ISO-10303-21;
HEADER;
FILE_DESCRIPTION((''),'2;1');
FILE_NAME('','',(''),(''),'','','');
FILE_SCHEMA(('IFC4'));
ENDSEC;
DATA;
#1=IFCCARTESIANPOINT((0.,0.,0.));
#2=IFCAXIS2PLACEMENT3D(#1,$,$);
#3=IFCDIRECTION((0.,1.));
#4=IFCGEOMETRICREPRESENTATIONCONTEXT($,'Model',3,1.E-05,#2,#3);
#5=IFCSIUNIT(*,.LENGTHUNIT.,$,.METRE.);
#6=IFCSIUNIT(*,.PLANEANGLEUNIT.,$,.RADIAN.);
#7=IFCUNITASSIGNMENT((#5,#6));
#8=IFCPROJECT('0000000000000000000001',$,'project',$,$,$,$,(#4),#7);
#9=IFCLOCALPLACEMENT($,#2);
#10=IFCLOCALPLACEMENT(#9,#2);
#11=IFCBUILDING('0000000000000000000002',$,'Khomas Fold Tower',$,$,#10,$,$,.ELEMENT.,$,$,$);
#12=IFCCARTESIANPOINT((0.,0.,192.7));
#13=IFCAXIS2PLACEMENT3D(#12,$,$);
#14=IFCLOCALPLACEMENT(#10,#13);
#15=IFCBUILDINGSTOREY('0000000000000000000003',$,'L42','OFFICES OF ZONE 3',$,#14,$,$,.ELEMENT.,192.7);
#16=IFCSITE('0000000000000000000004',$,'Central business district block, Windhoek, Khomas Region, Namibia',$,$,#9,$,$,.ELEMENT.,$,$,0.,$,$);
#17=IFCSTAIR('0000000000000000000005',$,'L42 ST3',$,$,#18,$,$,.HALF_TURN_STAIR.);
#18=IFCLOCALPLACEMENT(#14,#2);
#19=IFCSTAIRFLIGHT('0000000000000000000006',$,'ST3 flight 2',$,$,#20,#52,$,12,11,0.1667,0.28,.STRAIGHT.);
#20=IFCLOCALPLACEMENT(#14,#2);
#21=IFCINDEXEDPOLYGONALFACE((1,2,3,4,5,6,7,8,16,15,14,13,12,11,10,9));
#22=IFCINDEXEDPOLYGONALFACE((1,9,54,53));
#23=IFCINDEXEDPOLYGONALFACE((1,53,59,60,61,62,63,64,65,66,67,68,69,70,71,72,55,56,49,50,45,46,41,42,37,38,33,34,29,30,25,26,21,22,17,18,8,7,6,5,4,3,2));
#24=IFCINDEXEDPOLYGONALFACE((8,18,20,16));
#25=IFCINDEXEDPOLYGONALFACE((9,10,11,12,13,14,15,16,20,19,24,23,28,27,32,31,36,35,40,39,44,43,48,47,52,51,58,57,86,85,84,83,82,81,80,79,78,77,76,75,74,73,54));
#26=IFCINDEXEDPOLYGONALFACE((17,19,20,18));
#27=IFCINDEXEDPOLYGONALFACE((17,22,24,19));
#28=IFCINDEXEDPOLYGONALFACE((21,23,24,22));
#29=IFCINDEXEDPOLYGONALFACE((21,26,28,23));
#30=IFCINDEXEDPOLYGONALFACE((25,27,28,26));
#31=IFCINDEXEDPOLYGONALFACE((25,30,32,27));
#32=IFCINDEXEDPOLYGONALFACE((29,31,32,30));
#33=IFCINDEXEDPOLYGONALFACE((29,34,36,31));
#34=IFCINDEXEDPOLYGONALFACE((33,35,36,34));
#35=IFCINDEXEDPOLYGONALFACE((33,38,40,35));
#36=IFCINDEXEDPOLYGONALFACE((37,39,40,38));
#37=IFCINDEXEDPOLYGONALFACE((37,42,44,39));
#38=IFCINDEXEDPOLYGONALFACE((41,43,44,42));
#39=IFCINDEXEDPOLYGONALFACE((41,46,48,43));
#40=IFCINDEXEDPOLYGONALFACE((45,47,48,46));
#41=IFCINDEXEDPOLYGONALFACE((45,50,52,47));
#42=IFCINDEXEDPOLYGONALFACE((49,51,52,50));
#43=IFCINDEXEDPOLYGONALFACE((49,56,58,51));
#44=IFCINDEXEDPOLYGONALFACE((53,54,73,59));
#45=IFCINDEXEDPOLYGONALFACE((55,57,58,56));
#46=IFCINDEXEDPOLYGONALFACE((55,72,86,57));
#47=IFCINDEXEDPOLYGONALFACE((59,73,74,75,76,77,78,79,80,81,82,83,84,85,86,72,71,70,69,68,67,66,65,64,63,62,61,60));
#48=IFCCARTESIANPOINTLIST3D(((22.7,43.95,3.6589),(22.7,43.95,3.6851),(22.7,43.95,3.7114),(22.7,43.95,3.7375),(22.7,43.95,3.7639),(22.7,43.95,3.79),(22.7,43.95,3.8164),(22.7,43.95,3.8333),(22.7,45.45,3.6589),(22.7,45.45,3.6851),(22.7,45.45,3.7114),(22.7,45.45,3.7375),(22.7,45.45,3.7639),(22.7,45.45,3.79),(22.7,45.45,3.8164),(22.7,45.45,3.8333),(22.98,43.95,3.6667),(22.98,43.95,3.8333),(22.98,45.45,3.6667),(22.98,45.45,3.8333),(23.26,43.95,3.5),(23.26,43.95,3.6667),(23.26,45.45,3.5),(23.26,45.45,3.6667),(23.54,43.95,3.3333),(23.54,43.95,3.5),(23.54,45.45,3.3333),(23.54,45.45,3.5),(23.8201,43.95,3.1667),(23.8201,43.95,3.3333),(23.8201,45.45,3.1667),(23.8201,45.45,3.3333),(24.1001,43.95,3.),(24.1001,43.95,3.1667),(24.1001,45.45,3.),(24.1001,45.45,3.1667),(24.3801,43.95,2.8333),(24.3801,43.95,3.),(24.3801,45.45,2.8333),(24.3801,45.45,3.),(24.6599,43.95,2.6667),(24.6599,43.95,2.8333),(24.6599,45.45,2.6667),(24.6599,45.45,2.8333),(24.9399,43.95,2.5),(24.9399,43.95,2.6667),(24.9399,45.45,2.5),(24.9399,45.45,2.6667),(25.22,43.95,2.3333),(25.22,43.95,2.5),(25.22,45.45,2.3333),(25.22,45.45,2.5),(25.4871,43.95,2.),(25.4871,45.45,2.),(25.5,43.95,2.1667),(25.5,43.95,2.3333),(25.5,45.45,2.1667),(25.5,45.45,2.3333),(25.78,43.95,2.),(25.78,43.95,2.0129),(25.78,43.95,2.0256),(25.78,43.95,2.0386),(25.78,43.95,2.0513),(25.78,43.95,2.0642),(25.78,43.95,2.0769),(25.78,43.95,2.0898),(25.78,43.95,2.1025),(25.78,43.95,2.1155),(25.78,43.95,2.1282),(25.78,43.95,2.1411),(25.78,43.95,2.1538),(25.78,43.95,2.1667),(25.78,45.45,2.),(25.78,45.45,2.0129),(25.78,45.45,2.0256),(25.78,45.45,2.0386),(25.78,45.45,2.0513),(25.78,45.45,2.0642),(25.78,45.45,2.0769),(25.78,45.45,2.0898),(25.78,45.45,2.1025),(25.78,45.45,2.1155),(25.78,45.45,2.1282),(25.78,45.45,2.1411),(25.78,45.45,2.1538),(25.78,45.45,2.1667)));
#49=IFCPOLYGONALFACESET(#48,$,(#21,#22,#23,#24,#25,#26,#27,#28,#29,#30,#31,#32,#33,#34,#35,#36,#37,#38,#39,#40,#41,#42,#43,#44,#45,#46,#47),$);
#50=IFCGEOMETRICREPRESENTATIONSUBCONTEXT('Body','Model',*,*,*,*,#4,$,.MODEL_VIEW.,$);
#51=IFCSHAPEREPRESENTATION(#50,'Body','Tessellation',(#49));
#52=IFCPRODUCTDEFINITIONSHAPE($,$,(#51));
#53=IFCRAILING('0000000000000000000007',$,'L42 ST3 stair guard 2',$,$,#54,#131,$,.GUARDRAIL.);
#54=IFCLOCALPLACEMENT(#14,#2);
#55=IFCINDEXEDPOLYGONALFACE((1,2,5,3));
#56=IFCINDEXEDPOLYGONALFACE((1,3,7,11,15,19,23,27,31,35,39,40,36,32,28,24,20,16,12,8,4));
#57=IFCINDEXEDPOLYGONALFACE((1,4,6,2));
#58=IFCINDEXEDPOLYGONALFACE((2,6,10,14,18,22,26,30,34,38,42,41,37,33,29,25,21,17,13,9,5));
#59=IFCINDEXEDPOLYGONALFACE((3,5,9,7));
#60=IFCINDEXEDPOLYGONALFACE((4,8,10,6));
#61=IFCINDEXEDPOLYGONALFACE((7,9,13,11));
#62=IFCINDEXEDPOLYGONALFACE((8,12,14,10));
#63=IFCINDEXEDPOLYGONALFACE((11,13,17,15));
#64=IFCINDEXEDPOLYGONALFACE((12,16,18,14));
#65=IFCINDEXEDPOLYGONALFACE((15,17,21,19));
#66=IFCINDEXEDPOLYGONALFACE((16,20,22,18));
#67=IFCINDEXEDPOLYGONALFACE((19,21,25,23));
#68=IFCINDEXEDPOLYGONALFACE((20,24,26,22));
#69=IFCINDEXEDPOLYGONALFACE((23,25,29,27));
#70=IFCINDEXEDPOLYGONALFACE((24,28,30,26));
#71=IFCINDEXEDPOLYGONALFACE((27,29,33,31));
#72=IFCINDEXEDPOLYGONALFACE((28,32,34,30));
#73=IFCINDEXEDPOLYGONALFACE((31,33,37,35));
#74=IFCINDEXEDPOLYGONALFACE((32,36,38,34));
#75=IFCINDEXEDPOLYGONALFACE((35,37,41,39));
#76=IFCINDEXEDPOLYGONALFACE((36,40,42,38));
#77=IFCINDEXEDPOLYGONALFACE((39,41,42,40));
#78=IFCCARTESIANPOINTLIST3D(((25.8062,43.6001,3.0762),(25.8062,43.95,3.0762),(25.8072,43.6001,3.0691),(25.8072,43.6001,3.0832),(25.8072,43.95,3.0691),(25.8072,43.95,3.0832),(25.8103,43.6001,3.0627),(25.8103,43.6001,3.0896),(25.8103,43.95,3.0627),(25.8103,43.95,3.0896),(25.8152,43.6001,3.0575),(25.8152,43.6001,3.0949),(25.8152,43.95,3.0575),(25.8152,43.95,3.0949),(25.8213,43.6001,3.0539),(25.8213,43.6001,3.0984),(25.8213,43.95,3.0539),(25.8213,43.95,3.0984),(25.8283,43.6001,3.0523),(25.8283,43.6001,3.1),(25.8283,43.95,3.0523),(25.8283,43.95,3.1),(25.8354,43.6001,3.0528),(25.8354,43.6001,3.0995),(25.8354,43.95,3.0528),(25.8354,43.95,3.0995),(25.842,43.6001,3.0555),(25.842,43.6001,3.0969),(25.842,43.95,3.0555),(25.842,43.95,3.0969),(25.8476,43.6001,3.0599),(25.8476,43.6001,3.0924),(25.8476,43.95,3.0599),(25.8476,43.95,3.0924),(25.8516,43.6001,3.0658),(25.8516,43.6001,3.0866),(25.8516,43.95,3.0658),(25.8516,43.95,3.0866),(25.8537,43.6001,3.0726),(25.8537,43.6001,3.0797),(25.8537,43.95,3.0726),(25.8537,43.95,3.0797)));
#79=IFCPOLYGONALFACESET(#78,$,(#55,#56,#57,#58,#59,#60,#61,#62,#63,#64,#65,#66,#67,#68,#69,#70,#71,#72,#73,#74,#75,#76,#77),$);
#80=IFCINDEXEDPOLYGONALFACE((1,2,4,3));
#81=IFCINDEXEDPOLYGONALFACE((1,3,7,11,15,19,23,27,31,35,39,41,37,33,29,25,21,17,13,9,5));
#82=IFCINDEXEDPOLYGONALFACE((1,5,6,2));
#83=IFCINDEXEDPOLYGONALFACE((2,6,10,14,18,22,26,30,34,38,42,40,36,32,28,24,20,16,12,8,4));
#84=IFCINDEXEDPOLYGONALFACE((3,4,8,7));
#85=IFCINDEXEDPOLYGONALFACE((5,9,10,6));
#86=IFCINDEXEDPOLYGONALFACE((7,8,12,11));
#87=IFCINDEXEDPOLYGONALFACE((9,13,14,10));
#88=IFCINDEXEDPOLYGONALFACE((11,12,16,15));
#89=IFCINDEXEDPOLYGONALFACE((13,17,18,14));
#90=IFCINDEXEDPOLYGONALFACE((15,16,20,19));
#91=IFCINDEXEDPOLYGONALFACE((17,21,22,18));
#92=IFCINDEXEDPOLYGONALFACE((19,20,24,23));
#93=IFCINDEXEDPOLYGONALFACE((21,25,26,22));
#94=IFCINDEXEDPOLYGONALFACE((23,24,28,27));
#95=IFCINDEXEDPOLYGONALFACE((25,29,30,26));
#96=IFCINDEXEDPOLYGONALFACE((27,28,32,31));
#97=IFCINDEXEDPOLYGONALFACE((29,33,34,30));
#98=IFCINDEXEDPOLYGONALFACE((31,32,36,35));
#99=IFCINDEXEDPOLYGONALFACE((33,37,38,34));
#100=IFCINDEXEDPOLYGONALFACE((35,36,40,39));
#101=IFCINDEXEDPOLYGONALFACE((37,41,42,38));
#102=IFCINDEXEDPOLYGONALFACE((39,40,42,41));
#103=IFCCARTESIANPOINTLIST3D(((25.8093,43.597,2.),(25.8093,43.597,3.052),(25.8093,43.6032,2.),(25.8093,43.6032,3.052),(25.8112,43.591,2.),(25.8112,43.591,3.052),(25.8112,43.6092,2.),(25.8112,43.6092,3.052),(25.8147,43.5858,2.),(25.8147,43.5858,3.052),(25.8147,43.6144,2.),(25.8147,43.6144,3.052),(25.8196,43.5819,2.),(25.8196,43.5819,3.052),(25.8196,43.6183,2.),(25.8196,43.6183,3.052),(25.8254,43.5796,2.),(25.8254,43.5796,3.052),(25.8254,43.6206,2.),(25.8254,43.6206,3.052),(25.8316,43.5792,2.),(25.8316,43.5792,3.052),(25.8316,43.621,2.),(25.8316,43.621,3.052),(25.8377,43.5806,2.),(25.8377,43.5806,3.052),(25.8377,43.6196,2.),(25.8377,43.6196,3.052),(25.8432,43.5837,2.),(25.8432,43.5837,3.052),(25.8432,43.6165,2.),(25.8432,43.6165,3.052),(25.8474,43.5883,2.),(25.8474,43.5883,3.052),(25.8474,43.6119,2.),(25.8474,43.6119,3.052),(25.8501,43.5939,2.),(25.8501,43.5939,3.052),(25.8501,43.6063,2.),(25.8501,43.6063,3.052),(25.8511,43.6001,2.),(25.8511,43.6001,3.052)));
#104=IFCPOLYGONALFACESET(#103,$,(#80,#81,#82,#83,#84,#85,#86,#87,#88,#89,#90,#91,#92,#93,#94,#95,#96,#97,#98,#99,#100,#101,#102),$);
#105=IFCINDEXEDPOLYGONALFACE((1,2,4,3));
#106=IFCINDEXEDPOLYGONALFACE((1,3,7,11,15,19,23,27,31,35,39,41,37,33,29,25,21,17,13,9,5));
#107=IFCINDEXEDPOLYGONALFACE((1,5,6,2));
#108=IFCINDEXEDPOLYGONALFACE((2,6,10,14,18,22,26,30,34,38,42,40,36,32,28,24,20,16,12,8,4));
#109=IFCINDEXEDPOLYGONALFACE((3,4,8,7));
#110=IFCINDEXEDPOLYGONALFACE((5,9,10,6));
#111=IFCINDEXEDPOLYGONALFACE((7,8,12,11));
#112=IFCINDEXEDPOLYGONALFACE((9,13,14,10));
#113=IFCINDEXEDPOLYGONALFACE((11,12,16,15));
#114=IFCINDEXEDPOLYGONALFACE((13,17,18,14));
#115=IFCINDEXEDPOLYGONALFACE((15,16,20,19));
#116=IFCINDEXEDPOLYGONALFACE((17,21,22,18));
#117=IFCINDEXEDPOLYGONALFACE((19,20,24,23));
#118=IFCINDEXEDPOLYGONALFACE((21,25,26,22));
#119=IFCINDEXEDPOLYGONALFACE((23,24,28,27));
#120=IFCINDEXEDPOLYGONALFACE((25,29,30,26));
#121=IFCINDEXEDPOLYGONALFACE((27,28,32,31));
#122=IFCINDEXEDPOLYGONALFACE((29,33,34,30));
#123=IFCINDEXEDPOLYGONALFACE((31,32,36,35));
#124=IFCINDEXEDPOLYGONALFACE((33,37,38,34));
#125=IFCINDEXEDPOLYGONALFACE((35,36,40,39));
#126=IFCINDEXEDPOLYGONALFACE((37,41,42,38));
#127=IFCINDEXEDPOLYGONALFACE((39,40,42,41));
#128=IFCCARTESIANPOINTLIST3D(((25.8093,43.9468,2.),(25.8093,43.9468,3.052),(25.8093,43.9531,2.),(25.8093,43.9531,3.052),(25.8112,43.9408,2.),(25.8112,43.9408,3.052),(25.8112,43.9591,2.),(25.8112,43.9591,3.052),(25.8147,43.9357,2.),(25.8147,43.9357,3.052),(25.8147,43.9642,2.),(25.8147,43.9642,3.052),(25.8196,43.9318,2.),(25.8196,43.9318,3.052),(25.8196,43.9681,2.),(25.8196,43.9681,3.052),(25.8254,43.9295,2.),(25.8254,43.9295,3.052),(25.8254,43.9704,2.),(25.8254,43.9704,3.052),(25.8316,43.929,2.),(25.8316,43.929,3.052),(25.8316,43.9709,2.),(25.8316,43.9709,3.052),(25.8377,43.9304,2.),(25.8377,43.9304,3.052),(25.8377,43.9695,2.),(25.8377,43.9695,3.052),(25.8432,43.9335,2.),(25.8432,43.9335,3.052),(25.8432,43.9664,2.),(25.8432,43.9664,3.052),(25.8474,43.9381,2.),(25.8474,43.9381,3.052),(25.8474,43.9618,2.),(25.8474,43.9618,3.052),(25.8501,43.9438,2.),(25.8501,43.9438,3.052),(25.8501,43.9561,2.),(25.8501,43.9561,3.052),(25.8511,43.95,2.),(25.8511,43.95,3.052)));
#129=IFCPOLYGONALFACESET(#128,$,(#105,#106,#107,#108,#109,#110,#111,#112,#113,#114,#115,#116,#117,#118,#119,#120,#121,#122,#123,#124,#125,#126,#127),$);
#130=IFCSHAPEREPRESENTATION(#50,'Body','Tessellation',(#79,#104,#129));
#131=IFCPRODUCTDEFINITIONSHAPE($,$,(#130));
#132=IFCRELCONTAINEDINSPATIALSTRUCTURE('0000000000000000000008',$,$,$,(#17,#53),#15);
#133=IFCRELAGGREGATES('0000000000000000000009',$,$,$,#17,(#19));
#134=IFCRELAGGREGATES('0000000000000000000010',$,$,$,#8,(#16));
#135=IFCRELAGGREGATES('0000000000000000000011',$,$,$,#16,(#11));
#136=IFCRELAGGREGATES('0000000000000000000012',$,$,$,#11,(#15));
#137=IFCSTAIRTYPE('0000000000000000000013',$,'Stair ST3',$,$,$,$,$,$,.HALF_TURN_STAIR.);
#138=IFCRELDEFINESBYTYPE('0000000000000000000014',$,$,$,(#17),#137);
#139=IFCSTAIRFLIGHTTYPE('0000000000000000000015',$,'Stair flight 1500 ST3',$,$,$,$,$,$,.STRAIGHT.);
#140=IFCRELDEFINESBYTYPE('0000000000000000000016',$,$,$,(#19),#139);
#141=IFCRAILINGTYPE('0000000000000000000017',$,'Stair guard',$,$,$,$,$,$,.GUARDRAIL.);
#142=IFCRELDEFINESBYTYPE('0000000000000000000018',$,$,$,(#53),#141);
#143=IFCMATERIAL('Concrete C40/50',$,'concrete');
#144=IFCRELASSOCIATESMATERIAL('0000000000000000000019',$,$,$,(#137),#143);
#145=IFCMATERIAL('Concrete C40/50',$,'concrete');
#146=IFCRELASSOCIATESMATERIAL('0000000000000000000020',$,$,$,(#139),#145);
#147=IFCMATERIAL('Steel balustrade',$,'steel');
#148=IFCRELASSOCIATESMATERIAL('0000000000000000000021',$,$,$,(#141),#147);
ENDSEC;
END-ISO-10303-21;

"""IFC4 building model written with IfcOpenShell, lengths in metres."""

from ifc_helpers import new_model, si_unit, direction, frame, origin, origin_2d, place, context, subcontext, project, spatial, polyline, circle, outline, extrude, source, transform, mapped, material, type_object, element, aggregate, save


model = new_model("IFC4")

# Units and contexts
model_context = context("Model", 3, precision=1e-05, world=origin(), true_north=direction((0.0, 1.0)))
body_context = subcontext(model_context, "Body", "Model", "MODEL_VIEW")
ifc_project = project(units=[si_unit("LENGTHUNIT", "METRE"), si_unit("PLANEANGLEUNIT", "RADIAN")], contexts=[model_context])

# Site, building, storey
site_placement = place(None, origin())
site = spatial("IfcSite", under=ifc_project, at=site_placement, Name="Central business district block, Windhoek, Khomas Region, Namibia", CompositionType="ELEMENT", RefElevation=0.0)
building_placement = place(site_placement, origin())
building = spatial("IfcBuilding", under=site, at=building_placement, Name="Khomas Fold Tower", CompositionType="ELEMENT")
storey_placement = place(building_placement, frame((0.0, 0.0, 192.7)))
storey = spatial("IfcBuildingStorey", under=building, at=storey_placement, Name="L42", Description="OFFICES OF ZONE 3", CompositionType="ELEMENT", Elevation=192.7)

# Stair, stair flight
ifc_material_1 = material(Name="Concrete C40/50", Category="concrete")
stair_type = type_object("IfcStairType", Name="Stair ST3", PredefinedType="HALF_TURN_STAIR", material=ifc_material_1)
stair_placement = place(storey_placement, origin())
stair = element("IfcStair", 1, at=stair_placement, inside=storey, type_object=stair_type, Name="L42 ST3", PredefinedType="HALF_TURN_STAIR")
ifc_material_2 = material(Name="Concrete C40/50", Category="concrete")
stair_flight_type = type_object("IfcStairFlightType", Name="Stair flight 1500 ST3", PredefinedType="STRAIGHT", material=ifc_material_2)
shared_shape_1 = source(origin(), body_context, "Body", "SweptSolid", [
    extrude(outline(polyline([(0.0, 0.0), (0.0, 0.0129), (0.0, 0.0256), (0.0, 0.0386), (0.0, 0.0513), (0.0, 0.0642), (0.0, 0.0769), (0.0, 0.0898), (0.0, 0.1025), (0.0, 0.1155), (0.0, 0.1282), (0.0, 0.1411), (0.0, 0.1538), (0.0, 0.1667), (0.28, 0.1667), (0.28, 0.3333), (0.5601, 0.3333), (0.5601, 0.5), (0.8401, 0.5), (0.8401, 0.6667), (1.1201, 0.6667), (1.1201, 0.8333), (1.3999, 0.8333), (1.3999, 1.0), (1.6799, 1.0), (1.6799, 1.1667), (1.96, 1.1667), (1.96, 1.3333), (2.24, 1.3333), (2.24, 1.5), (2.52, 1.5), (2.52, 1.6667), (2.8, 1.6667), (2.8, 1.8333), (3.0801, 1.8333), (3.0801, 2.0), (3.0801, 1.9739), (3.0801, 1.9475), (3.0801, 1.9214), (3.0801, 1.895), (3.0801, 1.8689), (3.0801, 1.8425), (3.0801, 1.8164), (3.0801, 1.79), (3.0801, 1.7639), (3.0801, 1.7375), (3.0801, 1.7114), (3.0801, 1.6851), (3.0801, 1.6589), (0.293, 0.0), (0.0, 0.0)])), frame((0.0, 0.75, 0.0), z_axis=(0.0, -1.0, 0.0), x_axis=(1.0, 0.0, 0.0)), (0.0, 0.0, 1.0), 1.5),
])
stair_flight_1_placement = place(storey_placement, frame((25.78, 44.7, 2.0), z_axis=(0.0, 0.0, 1.0), x_axis=(-1.0, 0.0, 0.0)))
stair_flight_1 = element("IfcStairFlight", 2, at=stair_flight_1_placement, type_object=stair_flight_type, Name="ST3 flight 2", NumberOfRisers=12, NumberOfTreads=11, PredefinedType="STRAIGHT", RiserHeight=0.1667, TreadLength=0.28, context=body_context, shape_type="MappedRepresentation", body=[
    mapped(shared_shape_1, transform((0.0, 0.0, 0.0))),
])
aggregate(stair, [stair_flight_1])

# Railing
ifc_material_3 = material(Name="Steel balustrade", Category="steel")
railing_type_1 = type_object("IfcRailingType", Name="Stair guard", PredefinedType="GUARDRAIL", material=ifc_material_3)
shared_shape_2 = source(origin(), body_context, "Body", "SweptSolid", [
    extrude(circle(Radius=0.0239, at=origin_2d()), frame((0.0, 0.0, 1.0762), z_axis=(0.0, 1.0, 0.0), x_axis=(-1.0, 0.0, 0.0)), (0.0, 0.0, 1.0), 0.3499),
    extrude(circle(Radius=0.021, at=origin_2d()), origin(), (0.0, 0.0, 1.0), 1.052),
    extrude(circle(Radius=0.021, at=origin_2d()), frame((0.0, 0.3499, 0.0)), (0.0, 0.0, 1.0), 1.052),
])
for number, where, name in (
    (3, (25.8301, 43.6001, 2.0), "L42 ST3 stair guard 2"),
):
    element("IfcRailing", number, at=place(storey_placement, frame(where)), inside=storey, type_object=railing_type_1, Name=name, PredefinedType="GUARDRAIL", context=body_context, shape_type="MappedRepresentation", body=[
        mapped(shared_shape_2, transform((0.0, 0.0, 0.0))),
    ])

save(model, "model.ifc")
